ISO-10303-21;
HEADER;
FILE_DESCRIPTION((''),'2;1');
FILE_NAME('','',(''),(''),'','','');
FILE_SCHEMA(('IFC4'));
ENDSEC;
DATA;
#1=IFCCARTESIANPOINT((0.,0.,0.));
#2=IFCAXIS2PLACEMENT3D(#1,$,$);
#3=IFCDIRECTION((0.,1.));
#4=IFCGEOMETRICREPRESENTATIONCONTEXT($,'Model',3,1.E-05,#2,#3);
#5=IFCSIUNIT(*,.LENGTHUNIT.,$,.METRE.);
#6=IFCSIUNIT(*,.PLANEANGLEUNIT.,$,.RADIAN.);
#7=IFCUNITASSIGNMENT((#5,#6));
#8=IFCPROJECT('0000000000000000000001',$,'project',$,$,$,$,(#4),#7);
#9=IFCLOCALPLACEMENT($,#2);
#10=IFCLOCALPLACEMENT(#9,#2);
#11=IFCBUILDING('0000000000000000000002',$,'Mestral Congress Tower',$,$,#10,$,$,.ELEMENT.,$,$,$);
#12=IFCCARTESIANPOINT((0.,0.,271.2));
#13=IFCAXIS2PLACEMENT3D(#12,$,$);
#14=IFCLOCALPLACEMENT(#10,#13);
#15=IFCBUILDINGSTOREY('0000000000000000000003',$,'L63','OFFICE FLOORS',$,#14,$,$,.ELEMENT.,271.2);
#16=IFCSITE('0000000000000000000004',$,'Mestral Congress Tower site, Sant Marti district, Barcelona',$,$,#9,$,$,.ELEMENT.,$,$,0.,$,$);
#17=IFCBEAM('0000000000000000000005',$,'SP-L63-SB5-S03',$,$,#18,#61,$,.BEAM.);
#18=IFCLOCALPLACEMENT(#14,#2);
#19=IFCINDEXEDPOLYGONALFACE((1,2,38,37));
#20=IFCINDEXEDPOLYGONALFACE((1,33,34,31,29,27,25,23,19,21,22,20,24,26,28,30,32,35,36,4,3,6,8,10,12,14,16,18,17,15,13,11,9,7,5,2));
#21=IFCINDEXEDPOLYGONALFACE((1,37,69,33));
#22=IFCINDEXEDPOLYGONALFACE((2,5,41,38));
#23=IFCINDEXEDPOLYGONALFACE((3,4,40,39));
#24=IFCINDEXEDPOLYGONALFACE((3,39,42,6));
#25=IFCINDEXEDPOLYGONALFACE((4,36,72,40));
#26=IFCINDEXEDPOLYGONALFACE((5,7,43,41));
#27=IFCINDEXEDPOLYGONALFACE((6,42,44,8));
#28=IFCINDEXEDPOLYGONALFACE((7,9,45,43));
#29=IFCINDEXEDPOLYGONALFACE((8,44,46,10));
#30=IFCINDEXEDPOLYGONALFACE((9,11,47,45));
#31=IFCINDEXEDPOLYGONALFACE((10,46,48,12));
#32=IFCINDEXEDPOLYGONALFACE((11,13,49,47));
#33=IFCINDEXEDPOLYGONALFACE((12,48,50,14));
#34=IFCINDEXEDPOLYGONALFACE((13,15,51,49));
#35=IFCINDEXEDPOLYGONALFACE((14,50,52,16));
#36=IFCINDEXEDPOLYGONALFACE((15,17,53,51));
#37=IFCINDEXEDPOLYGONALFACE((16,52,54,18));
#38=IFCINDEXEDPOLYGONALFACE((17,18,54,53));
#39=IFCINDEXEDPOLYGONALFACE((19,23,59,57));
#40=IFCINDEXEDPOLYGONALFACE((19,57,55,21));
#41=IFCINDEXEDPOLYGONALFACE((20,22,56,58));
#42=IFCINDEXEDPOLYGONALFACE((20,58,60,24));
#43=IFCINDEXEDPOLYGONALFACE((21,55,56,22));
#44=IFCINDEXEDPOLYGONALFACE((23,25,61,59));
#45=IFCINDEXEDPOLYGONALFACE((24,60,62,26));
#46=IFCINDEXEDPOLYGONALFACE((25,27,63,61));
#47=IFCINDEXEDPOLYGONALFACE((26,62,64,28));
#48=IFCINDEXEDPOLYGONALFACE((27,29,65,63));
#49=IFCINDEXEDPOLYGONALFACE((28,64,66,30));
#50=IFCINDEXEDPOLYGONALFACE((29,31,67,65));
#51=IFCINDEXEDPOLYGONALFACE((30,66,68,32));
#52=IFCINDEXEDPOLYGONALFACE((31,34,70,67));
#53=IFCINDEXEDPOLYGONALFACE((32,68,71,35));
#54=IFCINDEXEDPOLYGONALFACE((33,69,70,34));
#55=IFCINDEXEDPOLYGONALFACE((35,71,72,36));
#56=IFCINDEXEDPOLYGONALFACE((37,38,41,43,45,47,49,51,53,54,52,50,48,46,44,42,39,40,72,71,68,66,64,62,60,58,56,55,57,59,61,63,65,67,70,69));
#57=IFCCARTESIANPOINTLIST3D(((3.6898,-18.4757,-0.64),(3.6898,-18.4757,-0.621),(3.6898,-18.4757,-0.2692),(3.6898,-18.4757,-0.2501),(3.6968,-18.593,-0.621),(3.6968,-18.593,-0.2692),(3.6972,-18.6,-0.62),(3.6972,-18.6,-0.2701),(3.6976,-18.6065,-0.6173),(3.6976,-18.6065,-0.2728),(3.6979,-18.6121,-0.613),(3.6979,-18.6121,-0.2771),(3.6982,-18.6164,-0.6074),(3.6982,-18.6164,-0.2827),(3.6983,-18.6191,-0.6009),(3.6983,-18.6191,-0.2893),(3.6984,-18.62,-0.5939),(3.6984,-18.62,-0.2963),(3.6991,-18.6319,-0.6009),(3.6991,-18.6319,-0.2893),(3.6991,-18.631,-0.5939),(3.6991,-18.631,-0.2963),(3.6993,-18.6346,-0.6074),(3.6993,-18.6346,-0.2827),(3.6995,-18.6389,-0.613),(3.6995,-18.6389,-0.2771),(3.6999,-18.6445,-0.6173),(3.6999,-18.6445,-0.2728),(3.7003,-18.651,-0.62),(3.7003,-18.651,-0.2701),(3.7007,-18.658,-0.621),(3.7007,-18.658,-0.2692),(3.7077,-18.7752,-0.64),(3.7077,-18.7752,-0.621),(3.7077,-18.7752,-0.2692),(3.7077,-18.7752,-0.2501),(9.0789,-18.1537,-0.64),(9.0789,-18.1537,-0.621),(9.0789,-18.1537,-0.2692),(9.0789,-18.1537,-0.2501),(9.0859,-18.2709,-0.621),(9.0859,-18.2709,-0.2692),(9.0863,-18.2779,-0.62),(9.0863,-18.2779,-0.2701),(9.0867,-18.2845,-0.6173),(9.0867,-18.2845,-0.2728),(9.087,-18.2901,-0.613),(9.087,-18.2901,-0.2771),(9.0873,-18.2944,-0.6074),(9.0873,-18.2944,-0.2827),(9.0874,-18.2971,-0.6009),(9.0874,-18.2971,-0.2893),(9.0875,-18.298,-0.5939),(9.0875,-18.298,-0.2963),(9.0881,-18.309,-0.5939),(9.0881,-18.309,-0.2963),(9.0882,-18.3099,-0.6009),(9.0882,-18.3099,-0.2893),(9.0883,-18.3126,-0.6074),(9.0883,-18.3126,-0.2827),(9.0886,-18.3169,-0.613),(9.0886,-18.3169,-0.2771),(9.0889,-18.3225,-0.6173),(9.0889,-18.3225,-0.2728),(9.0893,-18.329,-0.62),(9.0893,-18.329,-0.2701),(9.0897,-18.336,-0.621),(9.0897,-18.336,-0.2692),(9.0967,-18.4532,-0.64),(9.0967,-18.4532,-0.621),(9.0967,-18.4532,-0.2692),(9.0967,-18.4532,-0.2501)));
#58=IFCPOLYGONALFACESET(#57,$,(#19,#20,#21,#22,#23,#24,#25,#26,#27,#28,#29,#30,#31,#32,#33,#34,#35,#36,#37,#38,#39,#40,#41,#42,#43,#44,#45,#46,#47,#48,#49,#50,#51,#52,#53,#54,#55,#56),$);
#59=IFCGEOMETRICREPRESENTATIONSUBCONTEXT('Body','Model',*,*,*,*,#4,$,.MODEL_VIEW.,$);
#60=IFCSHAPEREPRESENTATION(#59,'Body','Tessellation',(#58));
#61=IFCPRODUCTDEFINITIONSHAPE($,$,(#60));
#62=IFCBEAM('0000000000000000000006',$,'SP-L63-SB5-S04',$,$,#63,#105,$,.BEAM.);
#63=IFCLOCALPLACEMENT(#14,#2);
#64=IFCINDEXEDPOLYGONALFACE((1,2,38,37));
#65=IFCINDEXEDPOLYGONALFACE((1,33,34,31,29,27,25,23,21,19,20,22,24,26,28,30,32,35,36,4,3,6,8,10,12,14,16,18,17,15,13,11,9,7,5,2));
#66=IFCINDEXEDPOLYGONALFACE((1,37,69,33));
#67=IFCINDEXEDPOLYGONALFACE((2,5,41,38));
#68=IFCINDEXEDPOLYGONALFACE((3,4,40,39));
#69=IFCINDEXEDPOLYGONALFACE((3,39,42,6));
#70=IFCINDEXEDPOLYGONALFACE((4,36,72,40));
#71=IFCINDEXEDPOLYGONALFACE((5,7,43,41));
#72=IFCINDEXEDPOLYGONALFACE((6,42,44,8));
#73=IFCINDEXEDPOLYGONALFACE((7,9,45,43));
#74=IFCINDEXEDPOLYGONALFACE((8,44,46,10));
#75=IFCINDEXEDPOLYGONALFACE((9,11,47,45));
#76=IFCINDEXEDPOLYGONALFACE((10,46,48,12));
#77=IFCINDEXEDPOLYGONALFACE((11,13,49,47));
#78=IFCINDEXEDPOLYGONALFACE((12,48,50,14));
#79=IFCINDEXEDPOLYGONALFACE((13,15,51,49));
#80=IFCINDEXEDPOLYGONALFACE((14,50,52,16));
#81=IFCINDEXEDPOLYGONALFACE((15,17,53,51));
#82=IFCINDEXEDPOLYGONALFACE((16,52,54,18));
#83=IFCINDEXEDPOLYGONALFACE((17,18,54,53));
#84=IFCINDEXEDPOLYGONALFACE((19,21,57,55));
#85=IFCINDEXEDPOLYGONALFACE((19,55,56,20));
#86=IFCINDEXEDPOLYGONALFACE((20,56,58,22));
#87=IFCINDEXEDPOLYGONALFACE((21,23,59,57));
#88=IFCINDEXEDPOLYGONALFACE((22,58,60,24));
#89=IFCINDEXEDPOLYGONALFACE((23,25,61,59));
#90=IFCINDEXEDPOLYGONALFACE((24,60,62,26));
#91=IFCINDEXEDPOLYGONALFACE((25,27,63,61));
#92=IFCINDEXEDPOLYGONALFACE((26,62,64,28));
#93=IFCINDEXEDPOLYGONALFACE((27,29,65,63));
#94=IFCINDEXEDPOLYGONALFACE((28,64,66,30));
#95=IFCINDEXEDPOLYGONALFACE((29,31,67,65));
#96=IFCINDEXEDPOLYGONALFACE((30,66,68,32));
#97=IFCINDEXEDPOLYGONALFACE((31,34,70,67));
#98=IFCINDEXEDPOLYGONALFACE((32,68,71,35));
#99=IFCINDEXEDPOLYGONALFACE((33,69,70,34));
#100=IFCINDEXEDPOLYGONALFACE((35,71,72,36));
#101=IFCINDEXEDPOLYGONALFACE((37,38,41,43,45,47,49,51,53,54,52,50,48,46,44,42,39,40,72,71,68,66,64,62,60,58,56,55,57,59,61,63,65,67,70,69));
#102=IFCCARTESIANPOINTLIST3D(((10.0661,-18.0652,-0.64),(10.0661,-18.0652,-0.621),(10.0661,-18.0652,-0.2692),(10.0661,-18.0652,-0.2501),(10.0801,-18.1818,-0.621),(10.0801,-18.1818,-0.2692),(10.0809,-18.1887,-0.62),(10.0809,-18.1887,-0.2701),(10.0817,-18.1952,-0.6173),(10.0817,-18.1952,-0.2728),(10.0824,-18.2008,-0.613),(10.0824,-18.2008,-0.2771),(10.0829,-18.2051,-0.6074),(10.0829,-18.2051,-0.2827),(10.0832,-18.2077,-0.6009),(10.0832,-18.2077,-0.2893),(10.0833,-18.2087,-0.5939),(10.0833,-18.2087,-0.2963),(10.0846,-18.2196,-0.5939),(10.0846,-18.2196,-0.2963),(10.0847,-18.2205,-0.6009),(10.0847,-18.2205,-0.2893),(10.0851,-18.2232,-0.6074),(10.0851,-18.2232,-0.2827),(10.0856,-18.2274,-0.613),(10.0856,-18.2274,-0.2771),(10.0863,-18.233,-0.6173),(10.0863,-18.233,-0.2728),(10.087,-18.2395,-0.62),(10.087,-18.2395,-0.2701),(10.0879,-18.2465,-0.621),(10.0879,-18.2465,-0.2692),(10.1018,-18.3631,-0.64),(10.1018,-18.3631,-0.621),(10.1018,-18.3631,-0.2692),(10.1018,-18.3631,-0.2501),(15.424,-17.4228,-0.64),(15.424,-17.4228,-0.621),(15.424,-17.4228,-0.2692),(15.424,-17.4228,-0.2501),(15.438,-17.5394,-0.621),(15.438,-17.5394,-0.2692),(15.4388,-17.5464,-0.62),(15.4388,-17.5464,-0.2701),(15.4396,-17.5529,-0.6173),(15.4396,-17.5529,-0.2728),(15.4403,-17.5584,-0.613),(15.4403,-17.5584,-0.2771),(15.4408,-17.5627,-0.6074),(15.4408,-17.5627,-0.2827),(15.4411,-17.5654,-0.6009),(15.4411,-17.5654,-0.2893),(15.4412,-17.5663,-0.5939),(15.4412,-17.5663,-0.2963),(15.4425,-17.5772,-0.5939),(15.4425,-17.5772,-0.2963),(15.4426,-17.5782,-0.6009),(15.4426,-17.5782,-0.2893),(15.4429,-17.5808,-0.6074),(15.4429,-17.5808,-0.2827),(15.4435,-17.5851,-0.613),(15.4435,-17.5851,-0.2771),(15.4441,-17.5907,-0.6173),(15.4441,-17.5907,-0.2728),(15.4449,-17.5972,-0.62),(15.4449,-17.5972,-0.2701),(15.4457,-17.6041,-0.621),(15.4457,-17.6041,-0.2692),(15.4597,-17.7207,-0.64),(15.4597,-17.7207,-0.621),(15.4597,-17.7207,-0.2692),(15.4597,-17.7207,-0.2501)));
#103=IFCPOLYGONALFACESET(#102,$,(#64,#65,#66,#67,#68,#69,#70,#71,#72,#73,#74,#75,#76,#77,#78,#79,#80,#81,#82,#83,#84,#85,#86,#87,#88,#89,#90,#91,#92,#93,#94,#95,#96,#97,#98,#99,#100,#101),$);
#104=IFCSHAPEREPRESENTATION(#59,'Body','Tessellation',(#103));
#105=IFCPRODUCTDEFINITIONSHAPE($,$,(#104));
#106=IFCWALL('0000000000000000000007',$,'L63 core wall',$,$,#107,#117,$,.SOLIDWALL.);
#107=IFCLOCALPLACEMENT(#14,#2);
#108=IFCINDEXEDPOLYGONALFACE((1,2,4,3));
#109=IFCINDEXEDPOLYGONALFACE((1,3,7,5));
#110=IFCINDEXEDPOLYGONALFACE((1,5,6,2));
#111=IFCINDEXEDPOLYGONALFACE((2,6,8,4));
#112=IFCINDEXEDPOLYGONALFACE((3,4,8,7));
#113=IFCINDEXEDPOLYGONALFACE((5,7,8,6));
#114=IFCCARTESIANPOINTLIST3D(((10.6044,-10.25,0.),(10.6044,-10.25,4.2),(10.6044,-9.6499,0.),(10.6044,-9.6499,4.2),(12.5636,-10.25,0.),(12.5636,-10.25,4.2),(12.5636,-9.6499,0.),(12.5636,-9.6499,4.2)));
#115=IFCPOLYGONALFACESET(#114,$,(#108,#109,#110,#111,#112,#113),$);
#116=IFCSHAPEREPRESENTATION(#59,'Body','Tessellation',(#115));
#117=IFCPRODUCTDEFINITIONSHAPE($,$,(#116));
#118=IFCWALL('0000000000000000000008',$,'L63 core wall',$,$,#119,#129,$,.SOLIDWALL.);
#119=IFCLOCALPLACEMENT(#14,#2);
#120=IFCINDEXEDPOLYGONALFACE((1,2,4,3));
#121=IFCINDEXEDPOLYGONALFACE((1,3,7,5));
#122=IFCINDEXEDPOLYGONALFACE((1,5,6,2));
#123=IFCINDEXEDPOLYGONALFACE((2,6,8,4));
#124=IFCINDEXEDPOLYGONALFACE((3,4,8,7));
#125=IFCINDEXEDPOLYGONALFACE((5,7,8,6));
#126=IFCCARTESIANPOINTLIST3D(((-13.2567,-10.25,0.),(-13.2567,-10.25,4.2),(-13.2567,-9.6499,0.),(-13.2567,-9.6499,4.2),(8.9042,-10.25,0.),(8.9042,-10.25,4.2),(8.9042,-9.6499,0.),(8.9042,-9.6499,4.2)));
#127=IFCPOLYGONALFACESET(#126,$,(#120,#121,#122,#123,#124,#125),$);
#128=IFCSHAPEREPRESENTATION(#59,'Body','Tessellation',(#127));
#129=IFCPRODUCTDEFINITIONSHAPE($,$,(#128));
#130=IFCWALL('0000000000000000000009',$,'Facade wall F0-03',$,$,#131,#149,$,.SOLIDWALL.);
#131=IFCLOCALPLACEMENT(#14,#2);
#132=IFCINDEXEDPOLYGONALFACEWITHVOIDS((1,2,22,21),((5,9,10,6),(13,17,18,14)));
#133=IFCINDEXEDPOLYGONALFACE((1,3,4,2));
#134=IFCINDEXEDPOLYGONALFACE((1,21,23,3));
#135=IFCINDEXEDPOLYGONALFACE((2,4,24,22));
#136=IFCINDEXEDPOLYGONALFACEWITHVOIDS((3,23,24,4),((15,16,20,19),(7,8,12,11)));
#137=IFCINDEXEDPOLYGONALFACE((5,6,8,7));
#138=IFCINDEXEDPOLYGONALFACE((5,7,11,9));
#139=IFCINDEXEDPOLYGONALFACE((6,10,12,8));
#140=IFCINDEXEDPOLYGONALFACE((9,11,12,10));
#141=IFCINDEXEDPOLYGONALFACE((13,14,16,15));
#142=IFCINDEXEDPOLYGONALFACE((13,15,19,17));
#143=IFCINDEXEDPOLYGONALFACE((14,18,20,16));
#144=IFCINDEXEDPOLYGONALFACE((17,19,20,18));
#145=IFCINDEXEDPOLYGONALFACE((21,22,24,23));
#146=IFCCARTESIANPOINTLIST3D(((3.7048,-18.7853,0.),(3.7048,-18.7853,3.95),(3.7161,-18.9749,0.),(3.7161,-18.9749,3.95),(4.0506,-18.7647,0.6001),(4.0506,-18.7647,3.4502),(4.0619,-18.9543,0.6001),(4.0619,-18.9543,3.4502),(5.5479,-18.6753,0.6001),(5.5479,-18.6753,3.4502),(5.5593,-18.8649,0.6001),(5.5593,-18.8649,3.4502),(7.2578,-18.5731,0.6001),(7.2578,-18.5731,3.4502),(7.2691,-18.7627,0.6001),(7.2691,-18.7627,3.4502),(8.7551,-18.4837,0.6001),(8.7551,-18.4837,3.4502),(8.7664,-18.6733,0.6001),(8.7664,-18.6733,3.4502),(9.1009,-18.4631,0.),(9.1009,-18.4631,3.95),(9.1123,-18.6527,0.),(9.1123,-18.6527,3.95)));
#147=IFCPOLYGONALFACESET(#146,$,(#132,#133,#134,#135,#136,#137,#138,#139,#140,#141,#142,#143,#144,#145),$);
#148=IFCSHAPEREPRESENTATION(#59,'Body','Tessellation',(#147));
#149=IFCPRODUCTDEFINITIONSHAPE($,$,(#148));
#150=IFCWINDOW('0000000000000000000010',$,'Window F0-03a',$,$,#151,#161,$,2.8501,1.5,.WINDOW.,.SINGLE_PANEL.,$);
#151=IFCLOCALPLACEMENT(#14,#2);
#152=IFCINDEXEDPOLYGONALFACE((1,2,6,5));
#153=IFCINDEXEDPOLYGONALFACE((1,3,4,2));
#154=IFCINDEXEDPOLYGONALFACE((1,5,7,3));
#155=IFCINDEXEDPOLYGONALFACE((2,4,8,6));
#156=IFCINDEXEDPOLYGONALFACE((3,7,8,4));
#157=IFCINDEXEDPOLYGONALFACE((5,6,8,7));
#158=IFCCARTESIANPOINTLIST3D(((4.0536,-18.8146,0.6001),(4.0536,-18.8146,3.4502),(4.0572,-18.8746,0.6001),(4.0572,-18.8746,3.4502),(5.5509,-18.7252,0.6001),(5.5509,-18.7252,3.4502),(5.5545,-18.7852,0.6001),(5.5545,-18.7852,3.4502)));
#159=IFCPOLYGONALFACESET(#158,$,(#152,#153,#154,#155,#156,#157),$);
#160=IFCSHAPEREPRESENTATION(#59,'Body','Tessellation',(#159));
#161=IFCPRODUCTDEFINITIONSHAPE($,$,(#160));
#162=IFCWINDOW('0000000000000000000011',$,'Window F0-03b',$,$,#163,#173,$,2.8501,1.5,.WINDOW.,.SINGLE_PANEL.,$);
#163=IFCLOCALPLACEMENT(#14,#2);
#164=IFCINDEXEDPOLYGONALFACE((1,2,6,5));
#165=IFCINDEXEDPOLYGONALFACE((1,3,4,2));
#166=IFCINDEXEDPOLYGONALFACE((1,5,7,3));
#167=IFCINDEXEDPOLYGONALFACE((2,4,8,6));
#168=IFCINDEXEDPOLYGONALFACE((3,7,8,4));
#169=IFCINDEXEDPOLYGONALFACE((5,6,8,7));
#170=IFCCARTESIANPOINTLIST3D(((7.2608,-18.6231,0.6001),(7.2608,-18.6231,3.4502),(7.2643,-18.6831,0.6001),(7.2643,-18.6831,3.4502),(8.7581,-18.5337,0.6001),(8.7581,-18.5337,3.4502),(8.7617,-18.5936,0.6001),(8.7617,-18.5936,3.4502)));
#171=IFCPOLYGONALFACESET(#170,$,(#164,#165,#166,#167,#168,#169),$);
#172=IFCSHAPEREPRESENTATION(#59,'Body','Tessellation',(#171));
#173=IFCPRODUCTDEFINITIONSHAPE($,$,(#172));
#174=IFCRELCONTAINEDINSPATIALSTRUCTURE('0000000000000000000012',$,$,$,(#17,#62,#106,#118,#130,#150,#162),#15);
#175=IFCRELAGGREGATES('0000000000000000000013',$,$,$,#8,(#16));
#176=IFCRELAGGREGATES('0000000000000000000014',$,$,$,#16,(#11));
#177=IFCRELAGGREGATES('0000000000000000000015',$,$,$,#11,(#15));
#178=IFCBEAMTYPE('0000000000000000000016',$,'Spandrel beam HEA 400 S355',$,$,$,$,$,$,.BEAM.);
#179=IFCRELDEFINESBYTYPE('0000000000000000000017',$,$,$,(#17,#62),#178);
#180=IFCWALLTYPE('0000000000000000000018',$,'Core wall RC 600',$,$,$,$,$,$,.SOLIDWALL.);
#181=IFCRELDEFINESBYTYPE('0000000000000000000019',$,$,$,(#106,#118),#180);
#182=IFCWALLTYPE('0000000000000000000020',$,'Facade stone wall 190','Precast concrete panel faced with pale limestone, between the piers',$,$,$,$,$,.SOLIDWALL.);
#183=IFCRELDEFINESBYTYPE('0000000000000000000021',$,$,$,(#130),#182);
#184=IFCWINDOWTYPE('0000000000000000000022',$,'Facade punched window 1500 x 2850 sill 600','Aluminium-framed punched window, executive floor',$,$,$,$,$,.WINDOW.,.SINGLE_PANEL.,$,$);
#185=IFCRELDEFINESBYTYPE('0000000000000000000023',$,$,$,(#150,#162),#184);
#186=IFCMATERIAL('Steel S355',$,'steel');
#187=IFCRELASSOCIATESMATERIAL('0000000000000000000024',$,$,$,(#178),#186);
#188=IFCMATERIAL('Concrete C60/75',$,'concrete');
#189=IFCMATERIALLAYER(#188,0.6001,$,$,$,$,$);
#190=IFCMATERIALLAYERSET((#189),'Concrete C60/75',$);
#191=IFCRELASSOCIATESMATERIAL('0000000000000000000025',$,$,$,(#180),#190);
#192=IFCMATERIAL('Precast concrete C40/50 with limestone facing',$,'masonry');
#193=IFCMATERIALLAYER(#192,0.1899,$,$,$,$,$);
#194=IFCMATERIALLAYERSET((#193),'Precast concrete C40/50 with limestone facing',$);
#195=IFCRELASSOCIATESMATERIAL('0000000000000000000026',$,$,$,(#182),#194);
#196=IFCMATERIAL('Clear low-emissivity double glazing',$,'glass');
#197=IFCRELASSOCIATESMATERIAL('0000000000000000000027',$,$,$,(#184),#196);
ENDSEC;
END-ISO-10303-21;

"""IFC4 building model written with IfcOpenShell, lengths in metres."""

from ifc_helpers import new_model, si_unit, direction, frame, frame_2d, origin, origin_2d, place, context, subcontext, project, spatial, rectangle, i_section, extrude, material, layer, layer_set, material_profile, profile_set, type_object, element, fill, save


model = new_model("IFC4")

# Units and contexts
model_context = context("Model", 3, precision=1e-05, world=origin(), true_north=direction((0.0, 1.0)))
body_context = subcontext(model_context, "Body", "Model", "MODEL_VIEW")
ifc_project = project(units=[si_unit("LENGTHUNIT", "METRE"), si_unit("PLANEANGLEUNIT", "RADIAN")], contexts=[model_context])

# Site, building, storey
site_placement = place(None, origin())
site = spatial("IfcSite", under=ifc_project, at=site_placement, Name="Mestral Congress Tower site, Sant Marti district, Barcelona", CompositionType="ELEMENT", RefElevation=0.0)
building_placement = place(site_placement, origin())
building = spatial("IfcBuilding", under=site, at=building_placement, Name="Mestral Congress Tower", CompositionType="ELEMENT")
storey_placement = place(building_placement, frame((0.0, 0.0, 271.2)))
storey = spatial("IfcBuildingStorey", under=building, at=storey_placement, Name="L63", Description="OFFICE FLOORS", CompositionType="ELEMENT", Elevation=271.2)

# Shared definitions
ifc_material_1 = material(Name="Concrete C60/75", Category="concrete")

# Beams
ifc_material_2 = material(Name="Steel S355", Category="steel")
ifc_material_profile_1 = material_profile(ifc_material_2, i_section(OverallWidth=0.3, OverallDepth=0.3899, WebThickness=0.011, FlangeThickness=0.019, FilletRadius=0.0271, at=origin_2d()), Name="HEA 400")
ifc_profile_set_1 = profile_set([ifc_material_profile_1], Name="Steel S355")
beam_type_1 = type_object("IfcBeamType", Name="Spandrel beam HEA 400 S355", PredefinedType="BEAM", material=ifc_profile_set_1)
beam_1_placement = place(storey_placement, frame((3.6987, -18.6255, -0.4451), z_axis=(0.99822, 0.059647, 0.0), x_axis=(-0.059647, 0.99822, 0.0)))
element("IfcBeam", 1, at=beam_1_placement, inside=storey, type_object=beam_type_1, Name="SP-L63-SB5-S03", PredefinedType="BEAM", context=body_context, shape_type="SweptSolid", body=[
    extrude(i_section(OverallWidth=0.3, OverallDepth=0.3899, WebThickness=0.011, FlangeThickness=0.019, FilletRadius=0.0271, at=origin_2d()), origin(), (0.0, 0.0, 1.0), 5.3987),
])
beam_2_placement = place(storey_placement, frame((10.084, -18.2141, -0.4451), z_axis=(0.99289, 0.119033, 0.0), x_axis=(-0.119033, 0.99289, 0.0)))
element("IfcBeam", 2, at=beam_2_placement, inside=storey, type_object=beam_type_1, Name="SP-L63-SB5-S04", PredefinedType="BEAM", context=body_context, shape_type="SweptSolid", body=[
    extrude(i_section(OverallWidth=0.3, OverallDepth=0.3899, WebThickness=0.011, FlangeThickness=0.019, FilletRadius=0.0271, at=origin_2d()), origin(), (0.0, 0.0, 1.0), 5.3962),
])

# Walls
ifc_layer_1 = layer(ifc_material_1, 0.6001)
ifc_layer_set_1 = layer_set([ifc_layer_1], Name="Concrete C60/75")
wall_type_1 = type_object("IfcWallType", Name="Core wall RC 600", PredefinedType="SOLIDWALL", material=ifc_layer_set_1)
wall_1_placement = place(storey_placement, frame((10.6045, -9.95, 0.0), z_axis=(0.0, 0.0, 1.0), x_axis=(1.0, 0.0, 0.0)))
element("IfcWall", 3, at=wall_1_placement, inside=storey, type_object=wall_type_1, Name="L63 core wall", PredefinedType="SOLIDWALL", context=body_context, shape_type="SweptSolid", body=[
    extrude(rectangle(XDim=1.9592, YDim=0.6001, at=frame_2d((0.9795, 0.0))), origin(), (0.0, 0.0, 1.0), 4.2),
])
wall_2_placement = place(storey_placement, frame((8.9043, -9.95, 0.0), z_axis=(0.0, 0.0, 1.0), x_axis=(-1.0, 0.0, 0.0)))
element("IfcWall", 4, at=wall_2_placement, inside=storey, type_object=wall_type_1, Name="L63 core wall", PredefinedType="SOLIDWALL", context=body_context, shape_type="SweptSolid", body=[
    extrude(rectangle(XDim=22.1609, YDim=0.6001, at=frame_2d((11.0806, 0.0))), origin(), (0.0, 0.0, 1.0), 4.2),
])

# Wall, openings, windows
ifc_material_3 = material(Name="Precast concrete C40/50 with limestone facing", Category="masonry")
ifc_layer_2 = layer(ifc_material_3, 0.1899)
ifc_layer_set_2 = layer_set([ifc_layer_2], Name="Precast concrete C40/50 with limestone facing")
wall_type_2 = type_object("IfcWallType", Name="Facade stone wall 190", Description="Precast concrete panel faced with pale limestone, between the piers", PredefinedType="SOLIDWALL", material=ifc_layer_set_2)
wall_3_placement = place(storey_placement, frame((3.7104, -18.8801, 0.0), z_axis=(0.0, 0.0, 1.0), x_axis=(0.998221, 0.059614, 0.0)))
wall_3 = element("IfcWall", 5, at=wall_3_placement, inside=storey, type_object=wall_type_2, Name="Facade wall F0-03", PredefinedType="SOLIDWALL", context=body_context, shape_type="SweptSolid", body=[
    extrude(rectangle(XDim=5.4058, YDim=0.1899, at=frame_2d((2.7029, 0.0))), origin(), (0.0, 0.0, 1.0), 3.95),
])
opening_1_placement = place(wall_3_placement, frame((0.3464, 0.0, 0.6001)))
opening_1 = element("IfcOpeningElement", 6, at=opening_1_placement, cuts=wall_3, PredefinedType="OPENING", context=body_context, shape_type="SweptSolid", body=[
    extrude(rectangle(XDim=1.5, YDim=2.8501, at=frame_2d((0.75, 1.425))), frame((0.0, 0.105, 0.0), z_axis=(0.0, -1.0, 0.0), x_axis=(1.0, 0.0, 0.0)), (0.0, 0.0, 1.0), 0.21),
])
opening_2_placement = place(wall_3_placement, frame((3.5593, 0.0, 0.6001)))
opening_2 = element("IfcOpeningElement", 7, at=opening_2_placement, cuts=wall_3, PredefinedType="OPENING", context=body_context, shape_type="SweptSolid", body=[
    extrude(rectangle(XDim=1.5, YDim=2.8501, at=frame_2d((0.75, 1.425))), frame((0.0, 0.105, 0.0), z_axis=(0.0, -1.0, 0.0), x_axis=(1.0, 0.0, 0.0)), (0.0, 0.0, 1.0), 0.21),
])
ifc_material_4 = material(Name="Clear low-emissivity double glazing", Category="glass")
window_type = type_object("IfcWindowType", Name="Facade punched window 1500 x 2850 sill 600", Description="Aluminium-framed punched window, executive floor", PartitioningType="SINGLE_PANEL", PredefinedType="WINDOW", material=ifc_material_4)
window_1_placement = place(opening_1_placement, origin())
window_1 = element("IfcWindow", 8, at=window_1_placement, inside=storey, type_object=window_type, Name="Window F0-03a", OverallHeight=2.8501, OverallWidth=1.5, PartitioningType="SINGLE_PANEL", PredefinedType="WINDOW", context=body_context, shape_type="SweptSolid", body=[
    extrude(rectangle(XDim=1.5, YDim=2.8501, at=frame_2d((0.75, 1.425))), frame((0.0, 0.0449, 0.0), z_axis=(0.0, -1.0, 0.0), x_axis=(1.0, 0.0, 0.0)), (0.0, 0.0, 1.0), 0.0601),
])
fill(opening_1, window_1)
window_2_placement = place(opening_2_placement, origin())
window_2 = element("IfcWindow", 9, at=window_2_placement, inside=storey, type_object=window_type, Name="Window F0-03b", OverallHeight=2.8501, OverallWidth=1.5, PartitioningType="SINGLE_PANEL", PredefinedType="WINDOW", context=body_context, shape_type="SweptSolid", body=[
    extrude(rectangle(XDim=1.5, YDim=2.8501, at=frame_2d((0.75, 1.425))), frame((0.0, 0.0449, 0.0), z_axis=(0.0, -1.0, 0.0), x_axis=(1.0, 0.0, 0.0)), (0.0, 0.0, 1.0), 0.0601),
])
fill(opening_2, window_2)

save(model, "model.ifc")
